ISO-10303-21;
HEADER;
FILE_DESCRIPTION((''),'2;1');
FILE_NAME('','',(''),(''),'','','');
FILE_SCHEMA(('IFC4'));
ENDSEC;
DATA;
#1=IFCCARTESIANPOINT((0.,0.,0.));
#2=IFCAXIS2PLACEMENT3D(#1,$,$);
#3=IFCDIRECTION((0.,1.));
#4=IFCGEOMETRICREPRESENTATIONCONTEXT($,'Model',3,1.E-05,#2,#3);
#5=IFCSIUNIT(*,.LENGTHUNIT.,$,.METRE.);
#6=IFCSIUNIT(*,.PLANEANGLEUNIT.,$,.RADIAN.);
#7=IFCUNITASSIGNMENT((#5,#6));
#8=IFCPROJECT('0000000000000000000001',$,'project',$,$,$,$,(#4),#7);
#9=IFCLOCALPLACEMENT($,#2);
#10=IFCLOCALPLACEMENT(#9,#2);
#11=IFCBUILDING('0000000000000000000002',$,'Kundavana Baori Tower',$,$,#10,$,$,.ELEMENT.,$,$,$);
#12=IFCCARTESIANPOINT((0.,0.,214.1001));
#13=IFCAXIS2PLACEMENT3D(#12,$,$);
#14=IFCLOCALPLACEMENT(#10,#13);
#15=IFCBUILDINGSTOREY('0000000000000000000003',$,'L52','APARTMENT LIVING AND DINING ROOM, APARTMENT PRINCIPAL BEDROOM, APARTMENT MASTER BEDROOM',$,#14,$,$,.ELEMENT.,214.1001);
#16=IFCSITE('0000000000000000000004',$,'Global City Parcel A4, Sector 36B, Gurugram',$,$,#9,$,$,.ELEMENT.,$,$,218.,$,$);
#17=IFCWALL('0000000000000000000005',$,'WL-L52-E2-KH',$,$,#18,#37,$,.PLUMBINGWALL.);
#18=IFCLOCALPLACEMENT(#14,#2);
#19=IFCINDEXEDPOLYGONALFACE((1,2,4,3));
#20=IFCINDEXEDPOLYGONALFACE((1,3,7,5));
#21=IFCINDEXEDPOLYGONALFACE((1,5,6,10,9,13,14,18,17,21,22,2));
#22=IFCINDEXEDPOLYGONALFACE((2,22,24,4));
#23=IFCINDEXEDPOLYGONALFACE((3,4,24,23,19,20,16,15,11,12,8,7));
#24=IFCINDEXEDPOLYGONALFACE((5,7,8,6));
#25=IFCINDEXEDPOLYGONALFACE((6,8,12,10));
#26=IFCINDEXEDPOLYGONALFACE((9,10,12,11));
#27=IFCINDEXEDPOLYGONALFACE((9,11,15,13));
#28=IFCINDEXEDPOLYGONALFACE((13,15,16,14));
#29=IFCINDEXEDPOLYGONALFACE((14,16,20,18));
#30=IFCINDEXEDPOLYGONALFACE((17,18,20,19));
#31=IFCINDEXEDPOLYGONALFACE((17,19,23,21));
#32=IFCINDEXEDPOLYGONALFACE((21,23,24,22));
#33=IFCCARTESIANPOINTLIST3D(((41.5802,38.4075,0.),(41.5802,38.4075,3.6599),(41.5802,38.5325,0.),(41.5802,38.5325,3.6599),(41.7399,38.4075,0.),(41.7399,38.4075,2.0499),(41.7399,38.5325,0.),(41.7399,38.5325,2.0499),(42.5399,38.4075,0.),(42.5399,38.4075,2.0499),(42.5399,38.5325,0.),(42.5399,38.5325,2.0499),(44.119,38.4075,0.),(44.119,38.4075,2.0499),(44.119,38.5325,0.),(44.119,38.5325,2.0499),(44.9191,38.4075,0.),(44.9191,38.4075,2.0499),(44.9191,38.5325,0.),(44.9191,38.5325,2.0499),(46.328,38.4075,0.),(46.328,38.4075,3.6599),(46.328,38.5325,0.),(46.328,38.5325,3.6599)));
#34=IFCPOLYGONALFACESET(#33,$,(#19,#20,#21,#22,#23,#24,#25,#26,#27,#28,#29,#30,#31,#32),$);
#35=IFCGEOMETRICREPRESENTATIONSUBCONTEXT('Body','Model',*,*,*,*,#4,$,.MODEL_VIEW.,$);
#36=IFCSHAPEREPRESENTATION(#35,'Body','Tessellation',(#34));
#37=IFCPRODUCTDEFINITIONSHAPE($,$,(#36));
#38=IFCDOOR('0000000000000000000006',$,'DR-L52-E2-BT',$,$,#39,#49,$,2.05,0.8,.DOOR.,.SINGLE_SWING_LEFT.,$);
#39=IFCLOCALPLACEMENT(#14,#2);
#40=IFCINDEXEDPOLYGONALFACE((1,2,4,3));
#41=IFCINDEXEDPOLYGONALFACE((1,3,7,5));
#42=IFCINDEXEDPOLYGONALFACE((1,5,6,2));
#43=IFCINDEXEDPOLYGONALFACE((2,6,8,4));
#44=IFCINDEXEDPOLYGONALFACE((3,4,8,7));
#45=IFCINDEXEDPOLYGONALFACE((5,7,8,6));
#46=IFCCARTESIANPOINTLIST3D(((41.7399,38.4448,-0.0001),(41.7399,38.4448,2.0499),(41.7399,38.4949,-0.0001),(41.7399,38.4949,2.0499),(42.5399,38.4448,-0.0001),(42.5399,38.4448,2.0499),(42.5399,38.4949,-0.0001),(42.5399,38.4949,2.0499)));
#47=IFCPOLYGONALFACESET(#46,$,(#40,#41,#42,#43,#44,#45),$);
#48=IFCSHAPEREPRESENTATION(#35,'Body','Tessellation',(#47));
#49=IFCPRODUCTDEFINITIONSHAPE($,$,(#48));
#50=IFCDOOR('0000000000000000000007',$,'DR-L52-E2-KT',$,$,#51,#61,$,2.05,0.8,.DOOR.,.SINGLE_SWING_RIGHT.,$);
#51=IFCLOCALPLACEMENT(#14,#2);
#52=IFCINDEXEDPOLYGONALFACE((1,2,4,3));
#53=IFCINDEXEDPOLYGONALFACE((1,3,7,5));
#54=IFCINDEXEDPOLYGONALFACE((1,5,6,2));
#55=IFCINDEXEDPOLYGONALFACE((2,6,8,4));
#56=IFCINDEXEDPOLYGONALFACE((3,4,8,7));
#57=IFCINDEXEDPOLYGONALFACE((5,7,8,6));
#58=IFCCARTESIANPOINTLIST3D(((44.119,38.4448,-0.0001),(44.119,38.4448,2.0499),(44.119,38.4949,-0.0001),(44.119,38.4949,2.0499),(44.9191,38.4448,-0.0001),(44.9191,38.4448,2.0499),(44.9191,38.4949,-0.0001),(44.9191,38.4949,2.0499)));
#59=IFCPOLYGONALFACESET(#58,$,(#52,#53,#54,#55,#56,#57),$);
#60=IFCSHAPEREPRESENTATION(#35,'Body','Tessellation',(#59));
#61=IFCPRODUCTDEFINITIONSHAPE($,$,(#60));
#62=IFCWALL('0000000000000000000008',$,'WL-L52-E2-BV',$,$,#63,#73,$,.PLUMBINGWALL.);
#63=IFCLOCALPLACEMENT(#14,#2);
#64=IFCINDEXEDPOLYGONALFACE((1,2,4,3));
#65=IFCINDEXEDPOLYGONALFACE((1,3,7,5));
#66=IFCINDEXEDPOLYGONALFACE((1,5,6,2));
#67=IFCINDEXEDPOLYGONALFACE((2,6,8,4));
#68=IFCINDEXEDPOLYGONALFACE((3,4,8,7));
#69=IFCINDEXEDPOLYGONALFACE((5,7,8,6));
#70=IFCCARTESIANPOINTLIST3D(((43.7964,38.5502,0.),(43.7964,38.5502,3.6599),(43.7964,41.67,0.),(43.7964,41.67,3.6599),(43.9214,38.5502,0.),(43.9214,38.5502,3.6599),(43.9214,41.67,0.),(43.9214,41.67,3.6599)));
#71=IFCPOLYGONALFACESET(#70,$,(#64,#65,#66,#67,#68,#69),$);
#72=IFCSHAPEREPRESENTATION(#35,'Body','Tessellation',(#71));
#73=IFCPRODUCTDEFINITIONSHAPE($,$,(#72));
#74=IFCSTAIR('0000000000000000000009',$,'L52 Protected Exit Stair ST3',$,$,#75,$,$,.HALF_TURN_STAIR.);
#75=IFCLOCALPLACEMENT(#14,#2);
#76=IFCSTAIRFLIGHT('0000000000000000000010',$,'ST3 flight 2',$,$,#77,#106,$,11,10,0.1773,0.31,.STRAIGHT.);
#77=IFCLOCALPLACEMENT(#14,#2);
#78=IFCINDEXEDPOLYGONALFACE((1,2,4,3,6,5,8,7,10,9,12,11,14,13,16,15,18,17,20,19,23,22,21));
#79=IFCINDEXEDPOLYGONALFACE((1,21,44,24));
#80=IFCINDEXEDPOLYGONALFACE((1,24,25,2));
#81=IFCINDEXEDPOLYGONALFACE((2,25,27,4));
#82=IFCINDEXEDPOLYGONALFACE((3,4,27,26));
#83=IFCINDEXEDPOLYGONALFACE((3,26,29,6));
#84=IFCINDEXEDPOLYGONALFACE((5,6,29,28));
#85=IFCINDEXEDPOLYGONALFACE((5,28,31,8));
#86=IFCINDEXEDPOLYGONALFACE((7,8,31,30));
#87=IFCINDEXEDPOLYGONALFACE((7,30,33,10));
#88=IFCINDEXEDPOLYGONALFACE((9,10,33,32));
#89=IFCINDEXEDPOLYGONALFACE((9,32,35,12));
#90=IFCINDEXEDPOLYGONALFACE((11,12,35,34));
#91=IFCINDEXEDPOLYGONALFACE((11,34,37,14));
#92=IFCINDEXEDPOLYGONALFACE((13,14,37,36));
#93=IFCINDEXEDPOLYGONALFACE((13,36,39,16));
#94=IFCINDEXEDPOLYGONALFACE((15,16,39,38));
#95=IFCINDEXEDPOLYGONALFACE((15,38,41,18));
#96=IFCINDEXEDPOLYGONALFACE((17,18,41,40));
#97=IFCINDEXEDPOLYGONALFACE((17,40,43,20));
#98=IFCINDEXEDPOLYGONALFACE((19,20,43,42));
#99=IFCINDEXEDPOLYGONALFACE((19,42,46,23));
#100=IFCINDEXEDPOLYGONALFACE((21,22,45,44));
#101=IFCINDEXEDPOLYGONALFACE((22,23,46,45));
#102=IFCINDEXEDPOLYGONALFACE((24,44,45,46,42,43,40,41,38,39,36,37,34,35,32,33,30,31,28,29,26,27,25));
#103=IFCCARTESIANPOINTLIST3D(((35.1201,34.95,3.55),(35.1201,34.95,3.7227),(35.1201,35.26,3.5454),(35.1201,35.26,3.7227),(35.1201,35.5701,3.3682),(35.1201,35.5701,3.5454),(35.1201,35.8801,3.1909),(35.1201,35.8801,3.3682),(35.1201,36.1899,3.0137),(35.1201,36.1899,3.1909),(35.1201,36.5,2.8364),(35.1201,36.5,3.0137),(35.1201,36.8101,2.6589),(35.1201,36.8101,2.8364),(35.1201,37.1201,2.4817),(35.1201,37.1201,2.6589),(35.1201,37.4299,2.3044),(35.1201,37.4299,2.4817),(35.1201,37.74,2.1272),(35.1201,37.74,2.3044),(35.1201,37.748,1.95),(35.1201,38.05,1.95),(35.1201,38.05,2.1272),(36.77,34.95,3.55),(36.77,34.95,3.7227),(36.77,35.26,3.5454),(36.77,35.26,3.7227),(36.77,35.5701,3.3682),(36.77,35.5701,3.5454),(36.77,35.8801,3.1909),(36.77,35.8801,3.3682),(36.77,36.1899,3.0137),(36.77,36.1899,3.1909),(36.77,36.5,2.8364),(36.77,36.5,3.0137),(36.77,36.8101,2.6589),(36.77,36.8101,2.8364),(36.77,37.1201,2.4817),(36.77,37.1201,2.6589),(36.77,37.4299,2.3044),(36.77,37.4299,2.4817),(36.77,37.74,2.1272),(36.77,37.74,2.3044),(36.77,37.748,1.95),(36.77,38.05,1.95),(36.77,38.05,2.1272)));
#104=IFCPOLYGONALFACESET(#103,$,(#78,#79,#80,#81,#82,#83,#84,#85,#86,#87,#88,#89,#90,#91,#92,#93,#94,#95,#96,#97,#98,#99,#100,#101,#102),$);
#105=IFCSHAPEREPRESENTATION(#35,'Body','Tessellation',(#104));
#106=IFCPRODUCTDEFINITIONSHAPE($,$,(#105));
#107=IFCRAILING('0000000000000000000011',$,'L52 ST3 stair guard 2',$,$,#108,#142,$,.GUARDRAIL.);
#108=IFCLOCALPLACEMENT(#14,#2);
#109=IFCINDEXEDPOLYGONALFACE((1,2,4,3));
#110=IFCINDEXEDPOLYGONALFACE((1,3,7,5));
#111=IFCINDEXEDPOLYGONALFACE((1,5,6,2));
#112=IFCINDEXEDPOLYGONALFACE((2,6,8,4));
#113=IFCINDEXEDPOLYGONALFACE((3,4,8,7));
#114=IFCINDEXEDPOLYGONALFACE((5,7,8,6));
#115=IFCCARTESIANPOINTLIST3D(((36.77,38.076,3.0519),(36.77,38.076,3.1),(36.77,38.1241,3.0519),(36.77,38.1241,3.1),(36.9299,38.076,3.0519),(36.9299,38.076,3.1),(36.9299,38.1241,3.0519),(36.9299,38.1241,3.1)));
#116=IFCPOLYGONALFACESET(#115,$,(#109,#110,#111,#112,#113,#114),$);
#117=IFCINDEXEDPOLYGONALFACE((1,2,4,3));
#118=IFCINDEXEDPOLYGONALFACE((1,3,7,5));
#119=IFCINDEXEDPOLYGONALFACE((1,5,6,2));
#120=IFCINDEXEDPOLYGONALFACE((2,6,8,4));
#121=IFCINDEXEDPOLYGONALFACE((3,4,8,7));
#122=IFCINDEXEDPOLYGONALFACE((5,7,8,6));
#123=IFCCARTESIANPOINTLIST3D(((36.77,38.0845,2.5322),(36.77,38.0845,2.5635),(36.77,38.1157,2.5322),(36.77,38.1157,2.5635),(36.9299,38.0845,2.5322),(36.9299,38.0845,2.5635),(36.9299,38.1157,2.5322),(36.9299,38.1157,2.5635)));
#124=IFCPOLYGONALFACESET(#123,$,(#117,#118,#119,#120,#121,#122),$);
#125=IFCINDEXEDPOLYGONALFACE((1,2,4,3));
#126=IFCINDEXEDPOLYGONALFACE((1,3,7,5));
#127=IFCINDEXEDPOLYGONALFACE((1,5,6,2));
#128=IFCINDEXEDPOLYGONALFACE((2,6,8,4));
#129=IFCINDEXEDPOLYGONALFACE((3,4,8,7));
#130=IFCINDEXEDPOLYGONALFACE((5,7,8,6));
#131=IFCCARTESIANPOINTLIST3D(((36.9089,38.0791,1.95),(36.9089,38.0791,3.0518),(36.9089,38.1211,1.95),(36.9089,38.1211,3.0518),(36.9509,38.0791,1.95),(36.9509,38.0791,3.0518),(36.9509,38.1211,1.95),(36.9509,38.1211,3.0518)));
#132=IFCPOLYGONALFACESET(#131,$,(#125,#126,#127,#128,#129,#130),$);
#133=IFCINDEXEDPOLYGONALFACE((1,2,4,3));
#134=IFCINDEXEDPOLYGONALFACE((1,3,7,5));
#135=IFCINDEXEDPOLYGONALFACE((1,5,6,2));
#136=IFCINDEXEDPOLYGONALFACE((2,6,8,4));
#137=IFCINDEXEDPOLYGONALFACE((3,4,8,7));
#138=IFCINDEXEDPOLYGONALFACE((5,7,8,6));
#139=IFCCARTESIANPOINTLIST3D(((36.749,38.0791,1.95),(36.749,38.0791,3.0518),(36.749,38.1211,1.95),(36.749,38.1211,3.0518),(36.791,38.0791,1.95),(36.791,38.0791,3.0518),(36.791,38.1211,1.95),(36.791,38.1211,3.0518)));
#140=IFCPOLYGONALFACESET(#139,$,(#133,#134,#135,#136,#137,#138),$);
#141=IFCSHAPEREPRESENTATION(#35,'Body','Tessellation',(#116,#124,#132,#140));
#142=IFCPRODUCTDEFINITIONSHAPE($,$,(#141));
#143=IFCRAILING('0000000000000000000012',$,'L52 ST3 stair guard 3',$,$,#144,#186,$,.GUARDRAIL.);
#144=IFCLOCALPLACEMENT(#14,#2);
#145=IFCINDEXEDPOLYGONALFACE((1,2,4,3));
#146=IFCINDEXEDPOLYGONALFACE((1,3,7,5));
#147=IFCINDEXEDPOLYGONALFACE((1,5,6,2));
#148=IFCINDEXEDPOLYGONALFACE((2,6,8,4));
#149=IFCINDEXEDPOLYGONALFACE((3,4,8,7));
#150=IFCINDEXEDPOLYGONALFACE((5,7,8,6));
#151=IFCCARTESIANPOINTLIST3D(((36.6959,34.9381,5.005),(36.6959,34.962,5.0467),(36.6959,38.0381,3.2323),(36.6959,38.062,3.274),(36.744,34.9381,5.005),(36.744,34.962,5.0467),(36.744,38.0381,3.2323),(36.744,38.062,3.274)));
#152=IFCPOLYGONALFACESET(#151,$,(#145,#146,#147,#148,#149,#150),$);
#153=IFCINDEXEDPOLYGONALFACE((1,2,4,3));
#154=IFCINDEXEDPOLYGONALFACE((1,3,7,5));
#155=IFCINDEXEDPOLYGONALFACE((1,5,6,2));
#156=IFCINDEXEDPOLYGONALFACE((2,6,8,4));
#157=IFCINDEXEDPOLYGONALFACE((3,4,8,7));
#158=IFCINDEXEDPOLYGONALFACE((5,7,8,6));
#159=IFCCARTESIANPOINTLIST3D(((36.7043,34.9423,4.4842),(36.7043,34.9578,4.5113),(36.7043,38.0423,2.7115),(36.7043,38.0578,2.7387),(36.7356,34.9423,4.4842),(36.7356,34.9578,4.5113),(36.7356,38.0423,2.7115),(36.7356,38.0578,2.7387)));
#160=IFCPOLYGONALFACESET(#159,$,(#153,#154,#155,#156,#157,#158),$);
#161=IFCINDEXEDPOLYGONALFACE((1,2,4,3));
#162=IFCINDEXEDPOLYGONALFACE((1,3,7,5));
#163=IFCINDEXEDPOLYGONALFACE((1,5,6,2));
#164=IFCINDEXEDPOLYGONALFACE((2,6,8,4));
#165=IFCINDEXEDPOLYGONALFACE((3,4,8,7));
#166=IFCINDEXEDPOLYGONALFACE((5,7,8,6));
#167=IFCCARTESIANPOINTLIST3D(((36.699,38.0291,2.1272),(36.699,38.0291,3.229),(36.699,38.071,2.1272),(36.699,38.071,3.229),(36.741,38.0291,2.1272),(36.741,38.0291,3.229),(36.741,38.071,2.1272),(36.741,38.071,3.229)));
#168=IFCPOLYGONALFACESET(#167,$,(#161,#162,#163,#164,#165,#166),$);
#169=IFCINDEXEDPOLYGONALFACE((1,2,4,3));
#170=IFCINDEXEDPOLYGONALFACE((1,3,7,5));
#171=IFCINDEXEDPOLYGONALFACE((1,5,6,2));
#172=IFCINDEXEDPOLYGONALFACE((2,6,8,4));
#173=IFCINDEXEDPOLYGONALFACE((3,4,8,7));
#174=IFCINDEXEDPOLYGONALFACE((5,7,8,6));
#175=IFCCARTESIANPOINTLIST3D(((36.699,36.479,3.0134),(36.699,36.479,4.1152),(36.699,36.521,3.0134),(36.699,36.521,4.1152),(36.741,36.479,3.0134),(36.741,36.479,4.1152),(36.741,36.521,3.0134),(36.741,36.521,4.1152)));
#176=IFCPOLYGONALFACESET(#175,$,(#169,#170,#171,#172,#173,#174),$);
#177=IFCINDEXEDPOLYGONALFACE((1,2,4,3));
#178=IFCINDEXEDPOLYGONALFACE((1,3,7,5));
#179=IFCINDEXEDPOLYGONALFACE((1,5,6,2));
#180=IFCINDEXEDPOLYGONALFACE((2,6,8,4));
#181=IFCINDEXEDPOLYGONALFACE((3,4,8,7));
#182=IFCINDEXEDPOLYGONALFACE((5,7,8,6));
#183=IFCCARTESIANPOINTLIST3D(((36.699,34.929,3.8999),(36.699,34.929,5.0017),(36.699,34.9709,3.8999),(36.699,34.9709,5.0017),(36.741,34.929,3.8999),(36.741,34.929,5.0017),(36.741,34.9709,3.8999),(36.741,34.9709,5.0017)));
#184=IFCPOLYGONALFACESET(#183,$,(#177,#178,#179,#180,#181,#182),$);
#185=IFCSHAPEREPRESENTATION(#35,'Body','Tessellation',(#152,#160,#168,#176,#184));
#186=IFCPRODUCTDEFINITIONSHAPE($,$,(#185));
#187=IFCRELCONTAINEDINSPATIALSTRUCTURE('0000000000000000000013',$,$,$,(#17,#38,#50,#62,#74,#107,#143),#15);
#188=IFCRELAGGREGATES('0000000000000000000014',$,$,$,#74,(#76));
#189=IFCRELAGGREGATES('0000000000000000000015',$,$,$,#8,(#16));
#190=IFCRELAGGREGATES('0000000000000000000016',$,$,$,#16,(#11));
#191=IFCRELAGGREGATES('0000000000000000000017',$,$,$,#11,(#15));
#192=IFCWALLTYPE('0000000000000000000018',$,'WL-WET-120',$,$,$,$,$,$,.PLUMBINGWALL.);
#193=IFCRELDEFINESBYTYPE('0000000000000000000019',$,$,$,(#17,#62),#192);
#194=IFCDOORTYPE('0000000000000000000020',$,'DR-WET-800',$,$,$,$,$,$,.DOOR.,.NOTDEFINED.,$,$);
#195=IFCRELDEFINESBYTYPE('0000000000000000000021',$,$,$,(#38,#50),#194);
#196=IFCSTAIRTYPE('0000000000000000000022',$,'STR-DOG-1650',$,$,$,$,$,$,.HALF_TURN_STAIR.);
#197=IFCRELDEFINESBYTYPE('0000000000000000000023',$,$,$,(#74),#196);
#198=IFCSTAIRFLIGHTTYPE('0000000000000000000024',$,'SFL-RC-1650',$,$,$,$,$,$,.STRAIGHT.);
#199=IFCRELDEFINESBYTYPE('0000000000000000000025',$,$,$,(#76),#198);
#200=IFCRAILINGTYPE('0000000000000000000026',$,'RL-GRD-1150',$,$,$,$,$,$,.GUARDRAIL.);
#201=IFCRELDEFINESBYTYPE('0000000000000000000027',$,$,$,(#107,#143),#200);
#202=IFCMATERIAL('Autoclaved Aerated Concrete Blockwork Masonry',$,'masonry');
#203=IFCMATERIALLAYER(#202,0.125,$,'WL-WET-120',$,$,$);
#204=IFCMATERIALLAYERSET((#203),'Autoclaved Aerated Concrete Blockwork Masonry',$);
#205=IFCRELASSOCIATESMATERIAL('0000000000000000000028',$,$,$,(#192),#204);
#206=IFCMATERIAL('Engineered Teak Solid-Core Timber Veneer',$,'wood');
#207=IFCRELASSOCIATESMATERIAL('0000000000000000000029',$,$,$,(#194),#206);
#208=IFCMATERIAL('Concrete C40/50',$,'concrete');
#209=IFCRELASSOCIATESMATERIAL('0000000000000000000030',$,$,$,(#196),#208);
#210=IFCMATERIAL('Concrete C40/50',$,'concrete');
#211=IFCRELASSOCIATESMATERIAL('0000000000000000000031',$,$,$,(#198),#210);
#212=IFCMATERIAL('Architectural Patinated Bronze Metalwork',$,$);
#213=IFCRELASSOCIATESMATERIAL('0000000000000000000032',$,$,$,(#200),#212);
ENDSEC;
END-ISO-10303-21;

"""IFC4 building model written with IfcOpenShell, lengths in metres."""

from ifc_helpers import new_model, si_unit, direction, frame, frame_2d, origin, origin_2d, place, context, subcontext, project, spatial, polyline, rectangle, outline, extrude, material, layer, layer_set, type_object, element, fill, aggregate, save


model = new_model("IFC4")

# Units and contexts
model_context = context("Model", 3, precision=1e-05, world=origin(), true_north=direction((0.0, 1.0)))
body_context = subcontext(model_context, "Body", "Model", "MODEL_VIEW")
ifc_project = project(units=[si_unit("LENGTHUNIT", "METRE"), si_unit("PLANEANGLEUNIT", "RADIAN")], contexts=[model_context])

# Site, building, storey
site_placement = place(None, origin())
site = spatial("IfcSite", under=ifc_project, at=site_placement, Name="Global City Parcel A4, Sector 36B, Gurugram", CompositionType="ELEMENT", RefElevation=218.0)
building_placement = place(site_placement, origin())
building = spatial("IfcBuilding", under=site, at=building_placement, Name="Kundavana Baori Tower", CompositionType="ELEMENT")
storey_placement = place(building_placement, frame((0.0, 0.0, 214.1001)))
storey = spatial("IfcBuildingStorey", under=building, at=storey_placement, Name="L52", Description="APARTMENT LIVING AND DINING ROOM, APARTMENT PRINCIPAL BEDROOM, APARTMENT MASTER BEDROOM", CompositionType="ELEMENT", Elevation=214.1001)

# Wall, openings, doors
ifc_material_1 = material(Name="Autoclaved Aerated Concrete Blockwork Masonry", Category="masonry")
ifc_layer_1 = layer(ifc_material_1, 0.125, Name="WL-WET-120")
ifc_layer_set_1 = layer_set([ifc_layer_1], Name="Autoclaved Aerated Concrete Blockwork Masonry")
wall_type_1 = type_object("IfcWallType", Name="WL-WET-120", PredefinedType="PLUMBINGWALL", material=ifc_layer_set_1)
wall_1_placement = place(storey_placement, frame((41.5801, 38.47, 0.0), z_axis=(0.0, 0.0, 1.0), x_axis=(1.0, 0.0, 0.0)))
wall_1 = element("IfcWall", 1, at=wall_1_placement, inside=storey, type_object=wall_type_1, Name="WL-L52-E2-KH", PredefinedType="PLUMBINGWALL", context=body_context, shape_type="SweptSolid", body=[
    extrude(rectangle(XDim=4.7478, YDim=0.125, at=frame_2d((2.374, 0.0))), origin(), (0.0, 0.0, 1.0), 3.6599),
])
opening_1_placement = place(wall_1_placement, frame((0.1599, 0.0, 0.0)))
opening_1 = element("IfcOpeningElement", 2, at=opening_1_placement, cuts=wall_1, PredefinedType="OPENING", context=body_context, shape_type="SweptSolid", body=[
    extrude(rectangle(XDim=0.8, YDim=2.05, at=frame_2d((0.3999, 1.0249))), frame((0.0, 0.0725, 0.0), z_axis=(0.0, -1.0, 0.0), x_axis=(1.0, 0.0, 0.0)), (0.0, 0.0, 1.0), 0.145),
])
opening_2_placement = place(wall_1_placement, frame((2.5391, 0.0, 0.0)))
opening_2 = element("IfcOpeningElement", 3, at=opening_2_placement, cuts=wall_1, PredefinedType="OPENING", context=body_context, shape_type="SweptSolid", body=[
    extrude(rectangle(XDim=0.8, YDim=2.05, at=frame_2d((0.3999, 1.0249))), frame((0.0, 0.0725, 0.0), z_axis=(0.0, -1.0, 0.0), x_axis=(1.0, 0.0, 0.0)), (0.0, 0.0, 1.0), 0.145),
])
ifc_material_2 = material(Name="Engineered Teak Solid-Core Timber Veneer", Category="wood")
door_type_1 = type_object("IfcDoorType", Name="DR-WET-800", OperationType="NOTDEFINED", PredefinedType="DOOR", material=ifc_material_2)
door_1_placement = place(opening_1_placement, origin())
door_1 = element("IfcDoor", 4, at=door_1_placement, inside=storey, type_object=door_type_1, Name="DR-L52-E2-BT", OperationType="SINGLE_SWING_LEFT", OverallHeight=2.05, OverallWidth=0.8, PredefinedType="DOOR", context=body_context, shape_type="SweptSolid", body=[
    extrude(rectangle(XDim=0.8, YDim=2.05, at=frame_2d((0.3999, 1.0249))), frame((0.0, 0.0249, 0.0), z_axis=(0.0, -1.0, 0.0), x_axis=(1.0, 0.0, 0.0)), (0.0, 0.0, 1.0), 0.05),
])
fill(opening_1, door_1)
door_2_placement = place(opening_2_placement, origin())
door_2 = element("IfcDoor", 5, at=door_2_placement, inside=storey, type_object=door_type_1, Name="DR-L52-E2-KT", OperationType="SINGLE_SWING_RIGHT", OverallHeight=2.05, OverallWidth=0.8, PredefinedType="DOOR", context=body_context, shape_type="SweptSolid", body=[
    extrude(rectangle(XDim=0.8, YDim=2.05, at=frame_2d((0.3999, 1.0249))), frame((0.0, 0.0249, 0.0), z_axis=(0.0, -1.0, 0.0), x_axis=(1.0, 0.0, 0.0)), (0.0, 0.0, 1.0), 0.05),
])
fill(opening_2, door_2)

# Wall
wall_2_placement = place(storey_placement, frame((43.8589, 38.55, 0.0), z_axis=(0.0, 0.0, 1.0), x_axis=(0.0, 1.0, 0.0)))
element("IfcWall", 6, at=wall_2_placement, inside=storey, type_object=wall_type_1, Name="WL-L52-E2-BV", PredefinedType="PLUMBINGWALL", context=body_context, shape_type="SweptSolid", body=[
    extrude(rectangle(XDim=3.1199, YDim=0.125, at=frame_2d((1.5601, 0.0))), origin(), (0.0, 0.0, 1.0), 3.6599),
])

# Stair, stair flight
ifc_material_3 = material(Name="Concrete C40/50", Category="concrete")
stair_type = type_object("IfcStairType", Name="STR-DOG-1650", PredefinedType="HALF_TURN_STAIR", material=ifc_material_3)
stair_placement = place(storey_placement, origin())
stair = element("IfcStair", 7, at=stair_placement, inside=storey, type_object=stair_type, Name="L52 Protected Exit Stair ST3", PredefinedType="HALF_TURN_STAIR")
ifc_material_4 = material(Name="Concrete C40/50", Category="concrete")
stair_flight_type = type_object("IfcStairFlightType", Name="SFL-RC-1650", PredefinedType="STRAIGHT", material=ifc_material_4)
stair_flight_placement = place(storey_placement, frame((35.9451, 38.05, 1.95), z_axis=(0.0, 0.0, 1.0), x_axis=(0.0, -1.0, 0.0)))
stair_flight = element("IfcStairFlight", 8, at=stair_flight_placement, type_object=stair_flight_type, Name="ST3 flight 2", NumberOfRisers=11, NumberOfTreads=10, PredefinedType="STRAIGHT", RiserHeight=0.1773, TreadLength=0.31, context=body_context, shape_type="SweptSolid", body=[
    extrude(outline(polyline([(0.0, 0.0), (0.0, 0.1772), (0.3101, 0.1772), (0.3101, 0.3545), (0.6201, 0.3545), (0.6201, 0.5317), (0.9299, 0.5317), (0.9299, 0.709), (1.24, 0.709), (1.24, 0.8865), (1.55, 0.8865), (1.55, 1.0637), (1.8601, 1.0637), (1.8601, 1.241), (2.1699, 1.241), (2.1699, 1.4182), (2.48, 1.4182), (2.48, 1.5955), (2.79, 1.5955), (2.79, 1.7727), (3.1001, 1.7727), (3.1001, 1.95), (3.1001, 1.6001), (0.302, 0.0), (0.0, 0.0)])), frame((0.0, 0.825, 0.0), z_axis=(0.0, -1.0, 0.0), x_axis=(1.0, 0.0, 0.0)), (0.0, 0.0, 1.0), 1.6499),
])
aggregate(stair, [stair_flight])

# Railings
ifc_material_5 = material(Name="Architectural Patinated Bronze Metalwork")
railing_type_1 = type_object("IfcRailingType", Name="RL-GRD-1150", PredefinedType="GUARDRAIL", material=ifc_material_5)
railing_1_placement = place(storey_placement, frame((36.9299, 38.1001, 1.95)))
element("IfcRailing", 9, at=railing_1_placement, inside=storey, type_object=railing_type_1, Name="L52 ST3 stair guard 2", PredefinedType="GUARDRAIL", context=body_context, shape_type="SweptSolid", body=[
    extrude(rectangle(XDim=0.0481, YDim=0.0481, at=origin_2d()), frame((0.0, 0.0, 1.126), z_axis=(-1.0, 0.0, 0.0), x_axis=(0.0, -1.0, 0.0)), (0.0, 0.0, 1.0), 0.1599),
    extrude(rectangle(XDim=0.0312, YDim=0.0312, at=origin_2d()), frame((0.0, 0.0, 0.5979), z_axis=(-1.0, 0.0, 0.0), x_axis=(0.0, -1.0, 0.0)), (0.0, 0.0, 1.0), 0.1599),
    extrude(rectangle(XDim=0.042, YDim=0.042, at=origin_2d()), origin(), (0.0, 0.0, 1.0), 1.1018),
    extrude(rectangle(XDim=0.042, YDim=0.042, at=origin_2d()), frame((-0.1599, 0.0, 0.0)), (0.0, 0.0, 1.0), 1.1018),
])
railing_2_placement = place(storey_placement, frame((36.72, 38.05, 2.1272)))
element("IfcRailing", 10, at=railing_2_placement, inside=storey, type_object=railing_type_1, Name="L52 ST3 stair guard 3", PredefinedType="GUARDRAIL", context=body_context, shape_type="SweptSolid", body=[
    extrude(rectangle(XDim=0.0481, YDim=0.0481, at=origin_2d()), frame((0.0, 0.0, 1.126), z_axis=(0.0, -0.868096, 0.496397), x_axis=(1.0, 0.0, 0.0)), (0.0, 0.0, 1.0), 3.571),
    extrude(rectangle(XDim=0.0312, YDim=0.0312, at=origin_2d()), frame((0.0, 0.0, 0.5979), z_axis=(0.0, -0.868096, 0.496397), x_axis=(1.0, 0.0, 0.0)), (0.0, 0.0, 1.0), 3.571),
    extrude(rectangle(XDim=0.042, YDim=0.042, at=origin_2d()), origin(), (0.0, 0.0, 1.0), 1.1018),
    extrude(rectangle(XDim=0.042, YDim=0.042, at=origin_2d()), frame((0.0, -1.55, 0.8862)), (0.0, 0.0, 1.0), 1.1018),
    extrude(rectangle(XDim=0.042, YDim=0.042, at=origin_2d()), frame((0.0, -3.1001, 1.7727)), (0.0, 0.0, 1.0), 1.1018),
])

save(model, "model.ifc")
